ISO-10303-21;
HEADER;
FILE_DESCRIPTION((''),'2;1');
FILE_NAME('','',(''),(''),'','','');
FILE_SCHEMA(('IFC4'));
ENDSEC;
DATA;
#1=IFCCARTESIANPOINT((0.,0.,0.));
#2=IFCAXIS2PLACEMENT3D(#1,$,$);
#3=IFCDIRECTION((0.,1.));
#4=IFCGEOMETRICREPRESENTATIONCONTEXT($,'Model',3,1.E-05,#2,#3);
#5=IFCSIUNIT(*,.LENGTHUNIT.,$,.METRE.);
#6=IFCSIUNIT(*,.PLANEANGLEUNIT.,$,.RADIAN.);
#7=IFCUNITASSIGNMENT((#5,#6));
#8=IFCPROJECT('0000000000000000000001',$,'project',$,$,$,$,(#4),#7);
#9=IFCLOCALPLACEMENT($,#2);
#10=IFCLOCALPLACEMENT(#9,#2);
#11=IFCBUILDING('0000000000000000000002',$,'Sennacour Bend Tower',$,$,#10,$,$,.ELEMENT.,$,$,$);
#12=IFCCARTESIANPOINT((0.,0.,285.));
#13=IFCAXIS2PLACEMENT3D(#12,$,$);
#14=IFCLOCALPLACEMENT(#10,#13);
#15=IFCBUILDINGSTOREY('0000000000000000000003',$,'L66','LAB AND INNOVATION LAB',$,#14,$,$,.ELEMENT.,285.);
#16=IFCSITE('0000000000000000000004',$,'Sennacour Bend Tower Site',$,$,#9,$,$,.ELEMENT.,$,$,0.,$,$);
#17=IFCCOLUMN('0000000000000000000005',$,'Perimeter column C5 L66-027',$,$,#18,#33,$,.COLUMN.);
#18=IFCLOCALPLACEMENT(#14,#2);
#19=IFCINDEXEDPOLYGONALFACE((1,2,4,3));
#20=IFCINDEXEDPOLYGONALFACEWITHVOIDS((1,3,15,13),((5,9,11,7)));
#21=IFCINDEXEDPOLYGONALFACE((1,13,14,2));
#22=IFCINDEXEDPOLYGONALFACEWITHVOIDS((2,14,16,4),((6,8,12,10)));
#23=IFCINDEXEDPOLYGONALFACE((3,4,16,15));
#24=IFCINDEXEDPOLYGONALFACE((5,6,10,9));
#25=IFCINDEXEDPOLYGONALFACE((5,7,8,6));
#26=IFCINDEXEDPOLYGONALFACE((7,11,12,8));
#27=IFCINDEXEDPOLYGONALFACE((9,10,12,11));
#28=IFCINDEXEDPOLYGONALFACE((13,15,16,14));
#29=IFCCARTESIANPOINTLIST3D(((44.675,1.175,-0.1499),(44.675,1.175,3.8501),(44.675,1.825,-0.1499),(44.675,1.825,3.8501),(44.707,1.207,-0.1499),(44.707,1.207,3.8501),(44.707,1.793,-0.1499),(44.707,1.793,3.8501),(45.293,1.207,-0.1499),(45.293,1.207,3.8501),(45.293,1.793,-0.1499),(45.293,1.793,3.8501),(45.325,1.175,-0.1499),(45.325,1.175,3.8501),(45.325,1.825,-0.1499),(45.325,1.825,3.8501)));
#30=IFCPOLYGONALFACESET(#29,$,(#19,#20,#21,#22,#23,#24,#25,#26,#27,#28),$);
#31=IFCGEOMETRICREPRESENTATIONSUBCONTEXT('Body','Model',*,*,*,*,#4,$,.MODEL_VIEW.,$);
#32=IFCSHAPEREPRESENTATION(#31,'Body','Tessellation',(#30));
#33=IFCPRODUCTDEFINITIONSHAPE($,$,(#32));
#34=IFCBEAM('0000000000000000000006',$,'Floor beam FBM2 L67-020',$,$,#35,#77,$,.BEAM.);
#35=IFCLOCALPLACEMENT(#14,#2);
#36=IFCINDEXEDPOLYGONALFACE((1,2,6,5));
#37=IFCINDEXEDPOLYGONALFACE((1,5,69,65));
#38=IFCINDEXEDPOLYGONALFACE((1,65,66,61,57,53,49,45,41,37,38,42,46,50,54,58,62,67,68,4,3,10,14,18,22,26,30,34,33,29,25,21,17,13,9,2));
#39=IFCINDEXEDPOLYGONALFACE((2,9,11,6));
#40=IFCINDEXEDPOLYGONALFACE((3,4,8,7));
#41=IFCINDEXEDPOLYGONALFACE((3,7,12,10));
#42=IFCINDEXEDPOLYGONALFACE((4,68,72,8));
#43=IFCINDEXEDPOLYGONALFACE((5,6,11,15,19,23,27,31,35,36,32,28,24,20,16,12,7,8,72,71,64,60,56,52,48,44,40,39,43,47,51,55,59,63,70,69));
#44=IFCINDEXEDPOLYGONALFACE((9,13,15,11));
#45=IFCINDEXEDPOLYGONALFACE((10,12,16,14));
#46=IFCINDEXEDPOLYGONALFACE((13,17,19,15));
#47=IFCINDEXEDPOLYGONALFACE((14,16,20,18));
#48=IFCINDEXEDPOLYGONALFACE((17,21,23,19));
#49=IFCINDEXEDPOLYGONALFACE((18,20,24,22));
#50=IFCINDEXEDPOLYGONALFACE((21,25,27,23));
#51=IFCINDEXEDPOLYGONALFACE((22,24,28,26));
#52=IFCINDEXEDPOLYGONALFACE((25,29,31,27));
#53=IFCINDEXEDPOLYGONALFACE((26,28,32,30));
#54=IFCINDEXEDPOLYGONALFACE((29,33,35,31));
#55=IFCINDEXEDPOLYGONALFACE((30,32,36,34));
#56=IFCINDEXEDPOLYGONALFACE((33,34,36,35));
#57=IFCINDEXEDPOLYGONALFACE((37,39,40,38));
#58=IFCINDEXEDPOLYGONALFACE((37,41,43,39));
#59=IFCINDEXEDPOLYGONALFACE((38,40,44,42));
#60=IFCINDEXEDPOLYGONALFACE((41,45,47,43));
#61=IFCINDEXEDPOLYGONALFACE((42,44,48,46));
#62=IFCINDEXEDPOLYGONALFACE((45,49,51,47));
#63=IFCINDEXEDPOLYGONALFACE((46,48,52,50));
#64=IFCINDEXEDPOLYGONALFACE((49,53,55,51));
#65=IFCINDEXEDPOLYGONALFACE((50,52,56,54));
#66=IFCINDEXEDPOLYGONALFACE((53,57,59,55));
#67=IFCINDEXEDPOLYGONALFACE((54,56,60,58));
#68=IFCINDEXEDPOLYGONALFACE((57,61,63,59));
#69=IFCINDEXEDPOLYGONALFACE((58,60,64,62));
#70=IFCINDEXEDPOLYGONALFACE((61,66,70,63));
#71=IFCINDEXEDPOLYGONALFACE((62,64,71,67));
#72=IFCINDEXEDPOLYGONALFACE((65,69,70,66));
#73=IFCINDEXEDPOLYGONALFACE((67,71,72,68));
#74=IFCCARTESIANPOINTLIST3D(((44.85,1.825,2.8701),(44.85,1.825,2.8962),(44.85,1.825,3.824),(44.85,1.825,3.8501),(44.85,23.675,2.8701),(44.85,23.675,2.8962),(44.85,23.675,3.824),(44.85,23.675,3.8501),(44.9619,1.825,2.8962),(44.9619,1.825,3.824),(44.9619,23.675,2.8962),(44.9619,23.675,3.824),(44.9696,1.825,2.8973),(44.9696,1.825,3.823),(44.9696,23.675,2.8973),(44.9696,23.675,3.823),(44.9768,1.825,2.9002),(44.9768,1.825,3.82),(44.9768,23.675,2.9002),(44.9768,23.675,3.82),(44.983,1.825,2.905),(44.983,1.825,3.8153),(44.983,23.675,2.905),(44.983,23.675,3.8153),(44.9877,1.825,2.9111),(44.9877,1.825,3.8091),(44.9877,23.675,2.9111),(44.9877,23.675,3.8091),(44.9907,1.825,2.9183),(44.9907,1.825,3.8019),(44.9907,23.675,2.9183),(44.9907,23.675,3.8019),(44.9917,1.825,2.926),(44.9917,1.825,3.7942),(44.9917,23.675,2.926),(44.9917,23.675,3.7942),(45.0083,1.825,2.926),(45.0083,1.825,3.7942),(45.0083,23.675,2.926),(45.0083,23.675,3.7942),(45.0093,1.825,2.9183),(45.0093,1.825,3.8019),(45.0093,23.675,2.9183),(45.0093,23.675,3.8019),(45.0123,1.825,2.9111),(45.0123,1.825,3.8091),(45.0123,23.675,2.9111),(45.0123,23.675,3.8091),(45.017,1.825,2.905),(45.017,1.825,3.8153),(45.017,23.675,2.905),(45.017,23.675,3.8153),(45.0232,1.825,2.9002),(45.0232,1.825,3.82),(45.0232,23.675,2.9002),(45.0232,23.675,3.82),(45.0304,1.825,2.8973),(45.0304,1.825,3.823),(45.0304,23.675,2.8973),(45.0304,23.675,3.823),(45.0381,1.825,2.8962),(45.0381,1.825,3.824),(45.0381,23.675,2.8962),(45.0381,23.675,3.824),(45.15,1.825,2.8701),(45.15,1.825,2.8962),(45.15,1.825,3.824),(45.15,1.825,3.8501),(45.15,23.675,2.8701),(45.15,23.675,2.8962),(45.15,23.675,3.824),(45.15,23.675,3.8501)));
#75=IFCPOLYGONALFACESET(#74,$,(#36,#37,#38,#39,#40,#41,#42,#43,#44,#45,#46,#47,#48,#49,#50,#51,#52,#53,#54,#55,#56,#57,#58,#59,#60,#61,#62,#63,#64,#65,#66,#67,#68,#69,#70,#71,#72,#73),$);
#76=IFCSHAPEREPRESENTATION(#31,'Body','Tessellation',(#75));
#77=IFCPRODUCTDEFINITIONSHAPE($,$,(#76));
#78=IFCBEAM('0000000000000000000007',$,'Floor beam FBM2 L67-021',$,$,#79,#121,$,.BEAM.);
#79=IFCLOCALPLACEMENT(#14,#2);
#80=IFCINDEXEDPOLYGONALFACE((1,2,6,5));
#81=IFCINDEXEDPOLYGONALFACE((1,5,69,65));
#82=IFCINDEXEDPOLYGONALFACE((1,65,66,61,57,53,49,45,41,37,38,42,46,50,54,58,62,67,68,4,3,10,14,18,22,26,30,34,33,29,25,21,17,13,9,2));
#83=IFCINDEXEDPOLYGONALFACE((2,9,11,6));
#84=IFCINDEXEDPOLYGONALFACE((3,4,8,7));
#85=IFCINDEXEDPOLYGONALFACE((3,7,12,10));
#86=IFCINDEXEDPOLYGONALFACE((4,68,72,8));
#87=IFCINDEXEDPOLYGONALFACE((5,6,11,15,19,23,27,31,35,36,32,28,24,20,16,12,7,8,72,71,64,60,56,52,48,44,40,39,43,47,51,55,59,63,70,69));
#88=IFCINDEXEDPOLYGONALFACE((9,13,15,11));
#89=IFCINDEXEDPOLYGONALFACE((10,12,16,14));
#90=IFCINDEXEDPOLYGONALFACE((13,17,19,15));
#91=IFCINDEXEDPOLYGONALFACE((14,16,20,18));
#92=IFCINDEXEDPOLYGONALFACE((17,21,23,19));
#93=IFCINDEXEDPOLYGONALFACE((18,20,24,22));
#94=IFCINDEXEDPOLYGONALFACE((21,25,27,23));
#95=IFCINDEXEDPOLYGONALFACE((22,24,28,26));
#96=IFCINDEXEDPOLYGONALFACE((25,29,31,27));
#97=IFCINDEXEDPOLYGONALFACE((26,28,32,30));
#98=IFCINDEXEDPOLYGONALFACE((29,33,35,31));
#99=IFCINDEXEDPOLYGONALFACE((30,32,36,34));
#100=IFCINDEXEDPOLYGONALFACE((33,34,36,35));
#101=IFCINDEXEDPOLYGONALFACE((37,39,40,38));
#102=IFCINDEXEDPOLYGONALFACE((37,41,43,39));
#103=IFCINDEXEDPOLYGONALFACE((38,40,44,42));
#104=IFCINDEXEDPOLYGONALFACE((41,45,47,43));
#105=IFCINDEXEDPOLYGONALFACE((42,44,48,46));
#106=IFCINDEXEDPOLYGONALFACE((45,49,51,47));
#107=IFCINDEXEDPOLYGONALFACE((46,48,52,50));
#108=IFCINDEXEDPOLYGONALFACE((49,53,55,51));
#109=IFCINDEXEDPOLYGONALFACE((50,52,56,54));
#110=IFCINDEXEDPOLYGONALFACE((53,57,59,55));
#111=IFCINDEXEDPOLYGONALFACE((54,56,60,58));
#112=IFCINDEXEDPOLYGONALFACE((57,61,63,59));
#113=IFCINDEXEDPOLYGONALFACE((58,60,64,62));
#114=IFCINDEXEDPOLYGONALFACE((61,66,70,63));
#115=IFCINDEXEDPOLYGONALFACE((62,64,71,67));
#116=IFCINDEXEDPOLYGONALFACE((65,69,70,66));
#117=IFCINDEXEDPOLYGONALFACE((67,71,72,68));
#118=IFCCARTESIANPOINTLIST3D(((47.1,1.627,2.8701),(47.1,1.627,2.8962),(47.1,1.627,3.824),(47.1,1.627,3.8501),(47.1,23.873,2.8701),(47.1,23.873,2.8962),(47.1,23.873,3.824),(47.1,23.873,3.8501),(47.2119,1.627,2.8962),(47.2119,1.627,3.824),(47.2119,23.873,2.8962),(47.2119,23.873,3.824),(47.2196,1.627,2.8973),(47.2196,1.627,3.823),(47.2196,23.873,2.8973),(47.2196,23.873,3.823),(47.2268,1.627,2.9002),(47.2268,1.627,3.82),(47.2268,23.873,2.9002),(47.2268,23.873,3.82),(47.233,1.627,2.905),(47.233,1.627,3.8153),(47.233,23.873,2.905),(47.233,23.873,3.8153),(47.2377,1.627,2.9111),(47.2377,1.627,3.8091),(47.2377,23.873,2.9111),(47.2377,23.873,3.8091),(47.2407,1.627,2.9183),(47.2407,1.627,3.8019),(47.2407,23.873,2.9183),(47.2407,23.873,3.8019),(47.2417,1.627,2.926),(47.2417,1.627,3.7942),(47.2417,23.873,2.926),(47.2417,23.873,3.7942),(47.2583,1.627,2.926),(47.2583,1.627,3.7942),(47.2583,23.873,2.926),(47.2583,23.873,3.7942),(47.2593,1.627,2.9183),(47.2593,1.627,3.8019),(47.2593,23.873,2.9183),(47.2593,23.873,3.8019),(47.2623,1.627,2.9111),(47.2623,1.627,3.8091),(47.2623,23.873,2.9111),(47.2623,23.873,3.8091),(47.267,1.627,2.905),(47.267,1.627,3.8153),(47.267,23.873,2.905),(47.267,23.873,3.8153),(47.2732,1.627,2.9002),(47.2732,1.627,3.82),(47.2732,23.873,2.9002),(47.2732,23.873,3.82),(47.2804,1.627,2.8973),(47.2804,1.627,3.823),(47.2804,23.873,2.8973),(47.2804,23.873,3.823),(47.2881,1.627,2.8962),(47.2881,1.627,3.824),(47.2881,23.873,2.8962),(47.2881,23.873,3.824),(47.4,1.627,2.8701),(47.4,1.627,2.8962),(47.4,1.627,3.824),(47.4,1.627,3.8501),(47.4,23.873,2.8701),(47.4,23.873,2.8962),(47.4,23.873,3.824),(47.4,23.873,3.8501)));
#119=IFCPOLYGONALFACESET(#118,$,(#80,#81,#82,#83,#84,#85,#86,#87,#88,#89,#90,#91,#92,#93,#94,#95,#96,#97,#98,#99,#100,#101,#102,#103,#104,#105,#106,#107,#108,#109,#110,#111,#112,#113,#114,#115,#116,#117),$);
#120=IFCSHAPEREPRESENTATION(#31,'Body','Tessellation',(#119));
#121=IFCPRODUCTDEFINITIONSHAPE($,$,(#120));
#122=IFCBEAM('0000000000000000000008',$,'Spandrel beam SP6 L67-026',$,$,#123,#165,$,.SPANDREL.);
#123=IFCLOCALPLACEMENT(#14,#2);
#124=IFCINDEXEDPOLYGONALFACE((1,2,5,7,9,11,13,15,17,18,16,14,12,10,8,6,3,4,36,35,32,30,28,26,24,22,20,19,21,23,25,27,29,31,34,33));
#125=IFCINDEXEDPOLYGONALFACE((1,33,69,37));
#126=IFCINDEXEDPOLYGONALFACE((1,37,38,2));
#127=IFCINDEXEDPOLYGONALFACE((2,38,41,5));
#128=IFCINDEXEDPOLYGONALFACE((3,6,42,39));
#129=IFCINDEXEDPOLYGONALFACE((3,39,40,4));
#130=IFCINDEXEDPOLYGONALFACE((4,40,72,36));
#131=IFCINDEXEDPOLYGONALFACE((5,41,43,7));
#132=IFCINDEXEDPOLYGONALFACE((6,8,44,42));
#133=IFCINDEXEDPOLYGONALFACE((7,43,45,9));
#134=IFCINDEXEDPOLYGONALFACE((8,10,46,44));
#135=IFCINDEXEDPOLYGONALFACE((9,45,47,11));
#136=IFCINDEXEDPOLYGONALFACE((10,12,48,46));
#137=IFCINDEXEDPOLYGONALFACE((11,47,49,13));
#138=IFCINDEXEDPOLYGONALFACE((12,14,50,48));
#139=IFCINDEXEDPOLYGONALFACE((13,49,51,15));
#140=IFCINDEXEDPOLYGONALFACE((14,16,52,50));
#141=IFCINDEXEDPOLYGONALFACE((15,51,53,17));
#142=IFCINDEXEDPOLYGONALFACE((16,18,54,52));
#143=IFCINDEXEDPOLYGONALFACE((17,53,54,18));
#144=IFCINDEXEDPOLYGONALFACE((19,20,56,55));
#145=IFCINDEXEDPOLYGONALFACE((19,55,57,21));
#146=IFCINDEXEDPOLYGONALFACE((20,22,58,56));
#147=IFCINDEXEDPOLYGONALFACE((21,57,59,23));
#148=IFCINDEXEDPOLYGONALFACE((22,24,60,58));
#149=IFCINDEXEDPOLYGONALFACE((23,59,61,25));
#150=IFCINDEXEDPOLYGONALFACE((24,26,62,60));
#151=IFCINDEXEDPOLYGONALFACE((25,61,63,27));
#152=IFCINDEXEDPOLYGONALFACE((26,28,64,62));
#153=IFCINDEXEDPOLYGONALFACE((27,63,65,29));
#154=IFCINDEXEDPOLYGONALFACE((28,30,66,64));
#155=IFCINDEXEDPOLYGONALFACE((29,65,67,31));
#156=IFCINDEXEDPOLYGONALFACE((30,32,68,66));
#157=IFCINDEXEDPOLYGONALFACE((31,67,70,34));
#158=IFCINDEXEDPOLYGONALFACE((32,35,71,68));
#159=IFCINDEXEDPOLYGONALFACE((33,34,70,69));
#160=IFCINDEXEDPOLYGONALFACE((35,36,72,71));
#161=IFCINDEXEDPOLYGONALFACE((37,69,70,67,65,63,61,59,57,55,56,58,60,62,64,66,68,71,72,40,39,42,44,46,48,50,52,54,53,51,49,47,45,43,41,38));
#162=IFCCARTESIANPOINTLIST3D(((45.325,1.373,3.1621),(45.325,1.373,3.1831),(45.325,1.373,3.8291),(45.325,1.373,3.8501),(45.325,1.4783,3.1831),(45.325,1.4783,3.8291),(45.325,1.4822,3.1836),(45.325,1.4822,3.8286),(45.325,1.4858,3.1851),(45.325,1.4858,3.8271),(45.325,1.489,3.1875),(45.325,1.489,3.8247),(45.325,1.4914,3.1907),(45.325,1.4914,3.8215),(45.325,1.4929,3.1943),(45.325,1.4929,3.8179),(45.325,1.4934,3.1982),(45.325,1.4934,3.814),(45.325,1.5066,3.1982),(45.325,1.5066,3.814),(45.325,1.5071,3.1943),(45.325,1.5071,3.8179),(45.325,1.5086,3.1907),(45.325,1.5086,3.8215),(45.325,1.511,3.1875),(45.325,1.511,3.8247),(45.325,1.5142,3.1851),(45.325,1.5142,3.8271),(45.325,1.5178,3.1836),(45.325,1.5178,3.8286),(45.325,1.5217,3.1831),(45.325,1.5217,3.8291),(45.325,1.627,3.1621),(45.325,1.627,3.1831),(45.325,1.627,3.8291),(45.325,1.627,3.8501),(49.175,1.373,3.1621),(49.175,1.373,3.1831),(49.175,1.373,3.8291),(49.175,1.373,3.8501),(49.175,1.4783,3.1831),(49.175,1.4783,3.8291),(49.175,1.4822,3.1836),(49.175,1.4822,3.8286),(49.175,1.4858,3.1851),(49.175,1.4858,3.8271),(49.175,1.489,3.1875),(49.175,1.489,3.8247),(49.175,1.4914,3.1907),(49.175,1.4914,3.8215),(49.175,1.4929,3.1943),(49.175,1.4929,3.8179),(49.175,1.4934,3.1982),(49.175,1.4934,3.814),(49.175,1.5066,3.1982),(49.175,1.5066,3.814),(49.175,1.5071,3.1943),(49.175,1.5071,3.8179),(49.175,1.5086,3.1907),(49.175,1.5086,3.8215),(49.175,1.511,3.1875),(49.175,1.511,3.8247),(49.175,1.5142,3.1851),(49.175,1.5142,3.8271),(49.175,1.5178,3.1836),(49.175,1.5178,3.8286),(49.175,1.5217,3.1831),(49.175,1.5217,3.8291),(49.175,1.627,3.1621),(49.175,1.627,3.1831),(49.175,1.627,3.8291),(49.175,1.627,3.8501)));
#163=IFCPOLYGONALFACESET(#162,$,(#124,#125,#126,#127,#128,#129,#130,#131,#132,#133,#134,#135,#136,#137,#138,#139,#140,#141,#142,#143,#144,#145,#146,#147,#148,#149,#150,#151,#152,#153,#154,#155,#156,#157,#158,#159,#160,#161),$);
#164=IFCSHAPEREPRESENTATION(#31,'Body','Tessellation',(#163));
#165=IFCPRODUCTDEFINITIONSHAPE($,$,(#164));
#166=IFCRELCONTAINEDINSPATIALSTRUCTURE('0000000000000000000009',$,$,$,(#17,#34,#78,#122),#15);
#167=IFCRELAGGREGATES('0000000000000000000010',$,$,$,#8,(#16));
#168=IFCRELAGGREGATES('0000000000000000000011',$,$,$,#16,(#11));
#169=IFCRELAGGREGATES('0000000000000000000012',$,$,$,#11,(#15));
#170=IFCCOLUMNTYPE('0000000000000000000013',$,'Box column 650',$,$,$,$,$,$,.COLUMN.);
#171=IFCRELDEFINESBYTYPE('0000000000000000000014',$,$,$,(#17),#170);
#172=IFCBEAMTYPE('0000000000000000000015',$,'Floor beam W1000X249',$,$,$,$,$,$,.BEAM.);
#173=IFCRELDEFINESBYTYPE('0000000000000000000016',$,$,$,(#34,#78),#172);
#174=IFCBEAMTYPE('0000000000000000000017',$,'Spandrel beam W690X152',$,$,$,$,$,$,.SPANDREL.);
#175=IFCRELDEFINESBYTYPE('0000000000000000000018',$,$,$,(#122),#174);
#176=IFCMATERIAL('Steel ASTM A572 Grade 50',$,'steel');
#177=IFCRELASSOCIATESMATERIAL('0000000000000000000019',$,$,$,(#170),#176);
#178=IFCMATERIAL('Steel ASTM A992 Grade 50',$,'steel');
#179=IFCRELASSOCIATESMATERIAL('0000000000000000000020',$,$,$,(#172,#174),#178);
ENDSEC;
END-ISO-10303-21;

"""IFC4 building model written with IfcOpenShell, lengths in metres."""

from ifc_helpers import new_model, si_unit, direction, frame, origin, origin_2d, place, context, subcontext, project, spatial, hollow_rectangle, i_section, extrude, material, material_profile, profile_set, type_object, element, save


model = new_model("IFC4")

# Units and contexts
model_context = context("Model", 3, precision=1e-05, world=origin(), true_north=direction((0.0, 1.0)))
body_context = subcontext(model_context, "Body", "Model", "MODEL_VIEW")
ifc_project = project(units=[si_unit("LENGTHUNIT", "METRE"), si_unit("PLANEANGLEUNIT", "RADIAN")], contexts=[model_context])

# Site, building, storey
site_placement = place(None, origin())
site = spatial("IfcSite", under=ifc_project, at=site_placement, Name="Sennacour Bend Tower Site", CompositionType="ELEMENT", RefElevation=0.0)
building_placement = place(site_placement, origin())
building = spatial("IfcBuilding", under=site, at=building_placement, Name="Sennacour Bend Tower", CompositionType="ELEMENT")
storey_placement = place(building_placement, frame((0.0, 0.0, 285.0)))
storey = spatial("IfcBuildingStorey", under=building, at=storey_placement, Name="L66", Description="LAB AND INNOVATION LAB", CompositionType="ELEMENT", Elevation=285.0)

# Column
ifc_material_1 = material(Name="Steel ASTM A572 Grade 50", Category="steel")
ifc_material_profile_1 = material_profile(ifc_material_1, hollow_rectangle(XDim=0.6499, YDim=0.6499, WallThickness=0.032, at=origin_2d()), Name="Steel ASTM A572 Grade 50", Category="steel")
ifc_profile_set_1 = profile_set([ifc_material_profile_1], Name="Steel ASTM A572 Grade 50")
column_type = type_object("IfcColumnType", Name="Box column 650", PredefinedType="COLUMN", material=ifc_profile_set_1)
column_placement = place(storey_placement, frame((45.0, 1.5, -0.1499), z_axis=(0.0, 0.0, 1.0), x_axis=(1.0, 0.0, 0.0)))
element("IfcColumn", 1, at=column_placement, inside=storey, type_object=column_type, Name="Perimeter column C5 L66-027", PredefinedType="COLUMN", context=body_context, shape_type="SweptSolid", body=[
    extrude(hollow_rectangle(XDim=0.6499, YDim=0.6499, WallThickness=0.032, at=origin_2d()), origin(), (0.0, 0.0, 1.0), 4.0),
])

# Beams
ifc_material_2 = material(Name="Steel ASTM A992 Grade 50", Category="steel")
ifc_material_profile_2 = material_profile(ifc_material_2, i_section(OverallWidth=0.3, OverallDepth=0.98, WebThickness=0.0166, FlangeThickness=0.0261, FilletRadius=0.0298, at=origin_2d()), Name="Steel ASTM A992 Grade 50", Category="steel")
ifc_profile_set_2 = profile_set([ifc_material_profile_2], Name="Steel ASTM A992 Grade 50")
beam_type_1 = type_object("IfcBeamType", Name="Floor beam W1000X249", PredefinedType="BEAM", material=ifc_profile_set_2)
beam_1_placement = place(storey_placement, frame((45.0, 1.825, 3.3601), z_axis=(0.0, 1.0, 0.0), x_axis=(-1.0, 0.0, 0.0)))
element("IfcBeam", 2, at=beam_1_placement, inside=storey, type_object=beam_type_1, Name="Floor beam FBM2 L67-020", PredefinedType="BEAM", context=body_context, shape_type="SweptSolid", body=[
    extrude(i_section(OverallWidth=0.3, OverallDepth=0.98, WebThickness=0.0166, FlangeThickness=0.0261, FilletRadius=0.0298, at=origin_2d()), origin(), (0.0, 0.0, 1.0), 21.8501),
])
beam_2_placement = place(storey_placement, frame((47.25, 1.627, 3.3601), z_axis=(0.0, 1.0, 0.0), x_axis=(-1.0, 0.0, 0.0)))
element("IfcBeam", 3, at=beam_2_placement, inside=storey, type_object=beam_type_1, Name="Floor beam FBM2 L67-021", PredefinedType="BEAM", context=body_context, shape_type="SweptSolid", body=[
    extrude(i_section(OverallWidth=0.3, OverallDepth=0.98, WebThickness=0.0166, FlangeThickness=0.0261, FilletRadius=0.0298, at=origin_2d()), origin(), (0.0, 0.0, 1.0), 22.2461),
])
ifc_material_profile_3 = material_profile(ifc_material_2, i_section(OverallWidth=0.2539, OverallDepth=0.688, WebThickness=0.0132, FlangeThickness=0.021, FilletRadius=0.0151, at=origin_2d()), Name="Steel ASTM A992 Grade 50", Category="steel")
ifc_profile_set_3 = profile_set([ifc_material_profile_3], Name="Steel ASTM A992 Grade 50")
beam_type_2 = type_object("IfcBeamType", Name="Spandrel beam W690X152", PredefinedType="SPANDREL", material=ifc_profile_set_3)
for number, where, z_axis, x_axis, name in (
    (4, (49.175, 1.5, 3.5061), (-1.0, 0.0, 0.0), (0.0, -1.0, 0.0), "Spandrel beam SP6 L67-026"),
):
    element("IfcBeam", number, at=place(storey_placement, frame(where, z_axis=z_axis, x_axis=x_axis)), inside=storey, type_object=beam_type_2, Name=name, PredefinedType="SPANDREL", context=body_context, shape_type="SweptSolid", body=[
        extrude(i_section(OverallWidth=0.2539, OverallDepth=0.688, WebThickness=0.0132, FlangeThickness=0.021, FilletRadius=0.0151, at=origin_2d()), origin(), (0.0, 0.0, 1.0), 3.8501),
    ])

save(model, "model.ifc")
